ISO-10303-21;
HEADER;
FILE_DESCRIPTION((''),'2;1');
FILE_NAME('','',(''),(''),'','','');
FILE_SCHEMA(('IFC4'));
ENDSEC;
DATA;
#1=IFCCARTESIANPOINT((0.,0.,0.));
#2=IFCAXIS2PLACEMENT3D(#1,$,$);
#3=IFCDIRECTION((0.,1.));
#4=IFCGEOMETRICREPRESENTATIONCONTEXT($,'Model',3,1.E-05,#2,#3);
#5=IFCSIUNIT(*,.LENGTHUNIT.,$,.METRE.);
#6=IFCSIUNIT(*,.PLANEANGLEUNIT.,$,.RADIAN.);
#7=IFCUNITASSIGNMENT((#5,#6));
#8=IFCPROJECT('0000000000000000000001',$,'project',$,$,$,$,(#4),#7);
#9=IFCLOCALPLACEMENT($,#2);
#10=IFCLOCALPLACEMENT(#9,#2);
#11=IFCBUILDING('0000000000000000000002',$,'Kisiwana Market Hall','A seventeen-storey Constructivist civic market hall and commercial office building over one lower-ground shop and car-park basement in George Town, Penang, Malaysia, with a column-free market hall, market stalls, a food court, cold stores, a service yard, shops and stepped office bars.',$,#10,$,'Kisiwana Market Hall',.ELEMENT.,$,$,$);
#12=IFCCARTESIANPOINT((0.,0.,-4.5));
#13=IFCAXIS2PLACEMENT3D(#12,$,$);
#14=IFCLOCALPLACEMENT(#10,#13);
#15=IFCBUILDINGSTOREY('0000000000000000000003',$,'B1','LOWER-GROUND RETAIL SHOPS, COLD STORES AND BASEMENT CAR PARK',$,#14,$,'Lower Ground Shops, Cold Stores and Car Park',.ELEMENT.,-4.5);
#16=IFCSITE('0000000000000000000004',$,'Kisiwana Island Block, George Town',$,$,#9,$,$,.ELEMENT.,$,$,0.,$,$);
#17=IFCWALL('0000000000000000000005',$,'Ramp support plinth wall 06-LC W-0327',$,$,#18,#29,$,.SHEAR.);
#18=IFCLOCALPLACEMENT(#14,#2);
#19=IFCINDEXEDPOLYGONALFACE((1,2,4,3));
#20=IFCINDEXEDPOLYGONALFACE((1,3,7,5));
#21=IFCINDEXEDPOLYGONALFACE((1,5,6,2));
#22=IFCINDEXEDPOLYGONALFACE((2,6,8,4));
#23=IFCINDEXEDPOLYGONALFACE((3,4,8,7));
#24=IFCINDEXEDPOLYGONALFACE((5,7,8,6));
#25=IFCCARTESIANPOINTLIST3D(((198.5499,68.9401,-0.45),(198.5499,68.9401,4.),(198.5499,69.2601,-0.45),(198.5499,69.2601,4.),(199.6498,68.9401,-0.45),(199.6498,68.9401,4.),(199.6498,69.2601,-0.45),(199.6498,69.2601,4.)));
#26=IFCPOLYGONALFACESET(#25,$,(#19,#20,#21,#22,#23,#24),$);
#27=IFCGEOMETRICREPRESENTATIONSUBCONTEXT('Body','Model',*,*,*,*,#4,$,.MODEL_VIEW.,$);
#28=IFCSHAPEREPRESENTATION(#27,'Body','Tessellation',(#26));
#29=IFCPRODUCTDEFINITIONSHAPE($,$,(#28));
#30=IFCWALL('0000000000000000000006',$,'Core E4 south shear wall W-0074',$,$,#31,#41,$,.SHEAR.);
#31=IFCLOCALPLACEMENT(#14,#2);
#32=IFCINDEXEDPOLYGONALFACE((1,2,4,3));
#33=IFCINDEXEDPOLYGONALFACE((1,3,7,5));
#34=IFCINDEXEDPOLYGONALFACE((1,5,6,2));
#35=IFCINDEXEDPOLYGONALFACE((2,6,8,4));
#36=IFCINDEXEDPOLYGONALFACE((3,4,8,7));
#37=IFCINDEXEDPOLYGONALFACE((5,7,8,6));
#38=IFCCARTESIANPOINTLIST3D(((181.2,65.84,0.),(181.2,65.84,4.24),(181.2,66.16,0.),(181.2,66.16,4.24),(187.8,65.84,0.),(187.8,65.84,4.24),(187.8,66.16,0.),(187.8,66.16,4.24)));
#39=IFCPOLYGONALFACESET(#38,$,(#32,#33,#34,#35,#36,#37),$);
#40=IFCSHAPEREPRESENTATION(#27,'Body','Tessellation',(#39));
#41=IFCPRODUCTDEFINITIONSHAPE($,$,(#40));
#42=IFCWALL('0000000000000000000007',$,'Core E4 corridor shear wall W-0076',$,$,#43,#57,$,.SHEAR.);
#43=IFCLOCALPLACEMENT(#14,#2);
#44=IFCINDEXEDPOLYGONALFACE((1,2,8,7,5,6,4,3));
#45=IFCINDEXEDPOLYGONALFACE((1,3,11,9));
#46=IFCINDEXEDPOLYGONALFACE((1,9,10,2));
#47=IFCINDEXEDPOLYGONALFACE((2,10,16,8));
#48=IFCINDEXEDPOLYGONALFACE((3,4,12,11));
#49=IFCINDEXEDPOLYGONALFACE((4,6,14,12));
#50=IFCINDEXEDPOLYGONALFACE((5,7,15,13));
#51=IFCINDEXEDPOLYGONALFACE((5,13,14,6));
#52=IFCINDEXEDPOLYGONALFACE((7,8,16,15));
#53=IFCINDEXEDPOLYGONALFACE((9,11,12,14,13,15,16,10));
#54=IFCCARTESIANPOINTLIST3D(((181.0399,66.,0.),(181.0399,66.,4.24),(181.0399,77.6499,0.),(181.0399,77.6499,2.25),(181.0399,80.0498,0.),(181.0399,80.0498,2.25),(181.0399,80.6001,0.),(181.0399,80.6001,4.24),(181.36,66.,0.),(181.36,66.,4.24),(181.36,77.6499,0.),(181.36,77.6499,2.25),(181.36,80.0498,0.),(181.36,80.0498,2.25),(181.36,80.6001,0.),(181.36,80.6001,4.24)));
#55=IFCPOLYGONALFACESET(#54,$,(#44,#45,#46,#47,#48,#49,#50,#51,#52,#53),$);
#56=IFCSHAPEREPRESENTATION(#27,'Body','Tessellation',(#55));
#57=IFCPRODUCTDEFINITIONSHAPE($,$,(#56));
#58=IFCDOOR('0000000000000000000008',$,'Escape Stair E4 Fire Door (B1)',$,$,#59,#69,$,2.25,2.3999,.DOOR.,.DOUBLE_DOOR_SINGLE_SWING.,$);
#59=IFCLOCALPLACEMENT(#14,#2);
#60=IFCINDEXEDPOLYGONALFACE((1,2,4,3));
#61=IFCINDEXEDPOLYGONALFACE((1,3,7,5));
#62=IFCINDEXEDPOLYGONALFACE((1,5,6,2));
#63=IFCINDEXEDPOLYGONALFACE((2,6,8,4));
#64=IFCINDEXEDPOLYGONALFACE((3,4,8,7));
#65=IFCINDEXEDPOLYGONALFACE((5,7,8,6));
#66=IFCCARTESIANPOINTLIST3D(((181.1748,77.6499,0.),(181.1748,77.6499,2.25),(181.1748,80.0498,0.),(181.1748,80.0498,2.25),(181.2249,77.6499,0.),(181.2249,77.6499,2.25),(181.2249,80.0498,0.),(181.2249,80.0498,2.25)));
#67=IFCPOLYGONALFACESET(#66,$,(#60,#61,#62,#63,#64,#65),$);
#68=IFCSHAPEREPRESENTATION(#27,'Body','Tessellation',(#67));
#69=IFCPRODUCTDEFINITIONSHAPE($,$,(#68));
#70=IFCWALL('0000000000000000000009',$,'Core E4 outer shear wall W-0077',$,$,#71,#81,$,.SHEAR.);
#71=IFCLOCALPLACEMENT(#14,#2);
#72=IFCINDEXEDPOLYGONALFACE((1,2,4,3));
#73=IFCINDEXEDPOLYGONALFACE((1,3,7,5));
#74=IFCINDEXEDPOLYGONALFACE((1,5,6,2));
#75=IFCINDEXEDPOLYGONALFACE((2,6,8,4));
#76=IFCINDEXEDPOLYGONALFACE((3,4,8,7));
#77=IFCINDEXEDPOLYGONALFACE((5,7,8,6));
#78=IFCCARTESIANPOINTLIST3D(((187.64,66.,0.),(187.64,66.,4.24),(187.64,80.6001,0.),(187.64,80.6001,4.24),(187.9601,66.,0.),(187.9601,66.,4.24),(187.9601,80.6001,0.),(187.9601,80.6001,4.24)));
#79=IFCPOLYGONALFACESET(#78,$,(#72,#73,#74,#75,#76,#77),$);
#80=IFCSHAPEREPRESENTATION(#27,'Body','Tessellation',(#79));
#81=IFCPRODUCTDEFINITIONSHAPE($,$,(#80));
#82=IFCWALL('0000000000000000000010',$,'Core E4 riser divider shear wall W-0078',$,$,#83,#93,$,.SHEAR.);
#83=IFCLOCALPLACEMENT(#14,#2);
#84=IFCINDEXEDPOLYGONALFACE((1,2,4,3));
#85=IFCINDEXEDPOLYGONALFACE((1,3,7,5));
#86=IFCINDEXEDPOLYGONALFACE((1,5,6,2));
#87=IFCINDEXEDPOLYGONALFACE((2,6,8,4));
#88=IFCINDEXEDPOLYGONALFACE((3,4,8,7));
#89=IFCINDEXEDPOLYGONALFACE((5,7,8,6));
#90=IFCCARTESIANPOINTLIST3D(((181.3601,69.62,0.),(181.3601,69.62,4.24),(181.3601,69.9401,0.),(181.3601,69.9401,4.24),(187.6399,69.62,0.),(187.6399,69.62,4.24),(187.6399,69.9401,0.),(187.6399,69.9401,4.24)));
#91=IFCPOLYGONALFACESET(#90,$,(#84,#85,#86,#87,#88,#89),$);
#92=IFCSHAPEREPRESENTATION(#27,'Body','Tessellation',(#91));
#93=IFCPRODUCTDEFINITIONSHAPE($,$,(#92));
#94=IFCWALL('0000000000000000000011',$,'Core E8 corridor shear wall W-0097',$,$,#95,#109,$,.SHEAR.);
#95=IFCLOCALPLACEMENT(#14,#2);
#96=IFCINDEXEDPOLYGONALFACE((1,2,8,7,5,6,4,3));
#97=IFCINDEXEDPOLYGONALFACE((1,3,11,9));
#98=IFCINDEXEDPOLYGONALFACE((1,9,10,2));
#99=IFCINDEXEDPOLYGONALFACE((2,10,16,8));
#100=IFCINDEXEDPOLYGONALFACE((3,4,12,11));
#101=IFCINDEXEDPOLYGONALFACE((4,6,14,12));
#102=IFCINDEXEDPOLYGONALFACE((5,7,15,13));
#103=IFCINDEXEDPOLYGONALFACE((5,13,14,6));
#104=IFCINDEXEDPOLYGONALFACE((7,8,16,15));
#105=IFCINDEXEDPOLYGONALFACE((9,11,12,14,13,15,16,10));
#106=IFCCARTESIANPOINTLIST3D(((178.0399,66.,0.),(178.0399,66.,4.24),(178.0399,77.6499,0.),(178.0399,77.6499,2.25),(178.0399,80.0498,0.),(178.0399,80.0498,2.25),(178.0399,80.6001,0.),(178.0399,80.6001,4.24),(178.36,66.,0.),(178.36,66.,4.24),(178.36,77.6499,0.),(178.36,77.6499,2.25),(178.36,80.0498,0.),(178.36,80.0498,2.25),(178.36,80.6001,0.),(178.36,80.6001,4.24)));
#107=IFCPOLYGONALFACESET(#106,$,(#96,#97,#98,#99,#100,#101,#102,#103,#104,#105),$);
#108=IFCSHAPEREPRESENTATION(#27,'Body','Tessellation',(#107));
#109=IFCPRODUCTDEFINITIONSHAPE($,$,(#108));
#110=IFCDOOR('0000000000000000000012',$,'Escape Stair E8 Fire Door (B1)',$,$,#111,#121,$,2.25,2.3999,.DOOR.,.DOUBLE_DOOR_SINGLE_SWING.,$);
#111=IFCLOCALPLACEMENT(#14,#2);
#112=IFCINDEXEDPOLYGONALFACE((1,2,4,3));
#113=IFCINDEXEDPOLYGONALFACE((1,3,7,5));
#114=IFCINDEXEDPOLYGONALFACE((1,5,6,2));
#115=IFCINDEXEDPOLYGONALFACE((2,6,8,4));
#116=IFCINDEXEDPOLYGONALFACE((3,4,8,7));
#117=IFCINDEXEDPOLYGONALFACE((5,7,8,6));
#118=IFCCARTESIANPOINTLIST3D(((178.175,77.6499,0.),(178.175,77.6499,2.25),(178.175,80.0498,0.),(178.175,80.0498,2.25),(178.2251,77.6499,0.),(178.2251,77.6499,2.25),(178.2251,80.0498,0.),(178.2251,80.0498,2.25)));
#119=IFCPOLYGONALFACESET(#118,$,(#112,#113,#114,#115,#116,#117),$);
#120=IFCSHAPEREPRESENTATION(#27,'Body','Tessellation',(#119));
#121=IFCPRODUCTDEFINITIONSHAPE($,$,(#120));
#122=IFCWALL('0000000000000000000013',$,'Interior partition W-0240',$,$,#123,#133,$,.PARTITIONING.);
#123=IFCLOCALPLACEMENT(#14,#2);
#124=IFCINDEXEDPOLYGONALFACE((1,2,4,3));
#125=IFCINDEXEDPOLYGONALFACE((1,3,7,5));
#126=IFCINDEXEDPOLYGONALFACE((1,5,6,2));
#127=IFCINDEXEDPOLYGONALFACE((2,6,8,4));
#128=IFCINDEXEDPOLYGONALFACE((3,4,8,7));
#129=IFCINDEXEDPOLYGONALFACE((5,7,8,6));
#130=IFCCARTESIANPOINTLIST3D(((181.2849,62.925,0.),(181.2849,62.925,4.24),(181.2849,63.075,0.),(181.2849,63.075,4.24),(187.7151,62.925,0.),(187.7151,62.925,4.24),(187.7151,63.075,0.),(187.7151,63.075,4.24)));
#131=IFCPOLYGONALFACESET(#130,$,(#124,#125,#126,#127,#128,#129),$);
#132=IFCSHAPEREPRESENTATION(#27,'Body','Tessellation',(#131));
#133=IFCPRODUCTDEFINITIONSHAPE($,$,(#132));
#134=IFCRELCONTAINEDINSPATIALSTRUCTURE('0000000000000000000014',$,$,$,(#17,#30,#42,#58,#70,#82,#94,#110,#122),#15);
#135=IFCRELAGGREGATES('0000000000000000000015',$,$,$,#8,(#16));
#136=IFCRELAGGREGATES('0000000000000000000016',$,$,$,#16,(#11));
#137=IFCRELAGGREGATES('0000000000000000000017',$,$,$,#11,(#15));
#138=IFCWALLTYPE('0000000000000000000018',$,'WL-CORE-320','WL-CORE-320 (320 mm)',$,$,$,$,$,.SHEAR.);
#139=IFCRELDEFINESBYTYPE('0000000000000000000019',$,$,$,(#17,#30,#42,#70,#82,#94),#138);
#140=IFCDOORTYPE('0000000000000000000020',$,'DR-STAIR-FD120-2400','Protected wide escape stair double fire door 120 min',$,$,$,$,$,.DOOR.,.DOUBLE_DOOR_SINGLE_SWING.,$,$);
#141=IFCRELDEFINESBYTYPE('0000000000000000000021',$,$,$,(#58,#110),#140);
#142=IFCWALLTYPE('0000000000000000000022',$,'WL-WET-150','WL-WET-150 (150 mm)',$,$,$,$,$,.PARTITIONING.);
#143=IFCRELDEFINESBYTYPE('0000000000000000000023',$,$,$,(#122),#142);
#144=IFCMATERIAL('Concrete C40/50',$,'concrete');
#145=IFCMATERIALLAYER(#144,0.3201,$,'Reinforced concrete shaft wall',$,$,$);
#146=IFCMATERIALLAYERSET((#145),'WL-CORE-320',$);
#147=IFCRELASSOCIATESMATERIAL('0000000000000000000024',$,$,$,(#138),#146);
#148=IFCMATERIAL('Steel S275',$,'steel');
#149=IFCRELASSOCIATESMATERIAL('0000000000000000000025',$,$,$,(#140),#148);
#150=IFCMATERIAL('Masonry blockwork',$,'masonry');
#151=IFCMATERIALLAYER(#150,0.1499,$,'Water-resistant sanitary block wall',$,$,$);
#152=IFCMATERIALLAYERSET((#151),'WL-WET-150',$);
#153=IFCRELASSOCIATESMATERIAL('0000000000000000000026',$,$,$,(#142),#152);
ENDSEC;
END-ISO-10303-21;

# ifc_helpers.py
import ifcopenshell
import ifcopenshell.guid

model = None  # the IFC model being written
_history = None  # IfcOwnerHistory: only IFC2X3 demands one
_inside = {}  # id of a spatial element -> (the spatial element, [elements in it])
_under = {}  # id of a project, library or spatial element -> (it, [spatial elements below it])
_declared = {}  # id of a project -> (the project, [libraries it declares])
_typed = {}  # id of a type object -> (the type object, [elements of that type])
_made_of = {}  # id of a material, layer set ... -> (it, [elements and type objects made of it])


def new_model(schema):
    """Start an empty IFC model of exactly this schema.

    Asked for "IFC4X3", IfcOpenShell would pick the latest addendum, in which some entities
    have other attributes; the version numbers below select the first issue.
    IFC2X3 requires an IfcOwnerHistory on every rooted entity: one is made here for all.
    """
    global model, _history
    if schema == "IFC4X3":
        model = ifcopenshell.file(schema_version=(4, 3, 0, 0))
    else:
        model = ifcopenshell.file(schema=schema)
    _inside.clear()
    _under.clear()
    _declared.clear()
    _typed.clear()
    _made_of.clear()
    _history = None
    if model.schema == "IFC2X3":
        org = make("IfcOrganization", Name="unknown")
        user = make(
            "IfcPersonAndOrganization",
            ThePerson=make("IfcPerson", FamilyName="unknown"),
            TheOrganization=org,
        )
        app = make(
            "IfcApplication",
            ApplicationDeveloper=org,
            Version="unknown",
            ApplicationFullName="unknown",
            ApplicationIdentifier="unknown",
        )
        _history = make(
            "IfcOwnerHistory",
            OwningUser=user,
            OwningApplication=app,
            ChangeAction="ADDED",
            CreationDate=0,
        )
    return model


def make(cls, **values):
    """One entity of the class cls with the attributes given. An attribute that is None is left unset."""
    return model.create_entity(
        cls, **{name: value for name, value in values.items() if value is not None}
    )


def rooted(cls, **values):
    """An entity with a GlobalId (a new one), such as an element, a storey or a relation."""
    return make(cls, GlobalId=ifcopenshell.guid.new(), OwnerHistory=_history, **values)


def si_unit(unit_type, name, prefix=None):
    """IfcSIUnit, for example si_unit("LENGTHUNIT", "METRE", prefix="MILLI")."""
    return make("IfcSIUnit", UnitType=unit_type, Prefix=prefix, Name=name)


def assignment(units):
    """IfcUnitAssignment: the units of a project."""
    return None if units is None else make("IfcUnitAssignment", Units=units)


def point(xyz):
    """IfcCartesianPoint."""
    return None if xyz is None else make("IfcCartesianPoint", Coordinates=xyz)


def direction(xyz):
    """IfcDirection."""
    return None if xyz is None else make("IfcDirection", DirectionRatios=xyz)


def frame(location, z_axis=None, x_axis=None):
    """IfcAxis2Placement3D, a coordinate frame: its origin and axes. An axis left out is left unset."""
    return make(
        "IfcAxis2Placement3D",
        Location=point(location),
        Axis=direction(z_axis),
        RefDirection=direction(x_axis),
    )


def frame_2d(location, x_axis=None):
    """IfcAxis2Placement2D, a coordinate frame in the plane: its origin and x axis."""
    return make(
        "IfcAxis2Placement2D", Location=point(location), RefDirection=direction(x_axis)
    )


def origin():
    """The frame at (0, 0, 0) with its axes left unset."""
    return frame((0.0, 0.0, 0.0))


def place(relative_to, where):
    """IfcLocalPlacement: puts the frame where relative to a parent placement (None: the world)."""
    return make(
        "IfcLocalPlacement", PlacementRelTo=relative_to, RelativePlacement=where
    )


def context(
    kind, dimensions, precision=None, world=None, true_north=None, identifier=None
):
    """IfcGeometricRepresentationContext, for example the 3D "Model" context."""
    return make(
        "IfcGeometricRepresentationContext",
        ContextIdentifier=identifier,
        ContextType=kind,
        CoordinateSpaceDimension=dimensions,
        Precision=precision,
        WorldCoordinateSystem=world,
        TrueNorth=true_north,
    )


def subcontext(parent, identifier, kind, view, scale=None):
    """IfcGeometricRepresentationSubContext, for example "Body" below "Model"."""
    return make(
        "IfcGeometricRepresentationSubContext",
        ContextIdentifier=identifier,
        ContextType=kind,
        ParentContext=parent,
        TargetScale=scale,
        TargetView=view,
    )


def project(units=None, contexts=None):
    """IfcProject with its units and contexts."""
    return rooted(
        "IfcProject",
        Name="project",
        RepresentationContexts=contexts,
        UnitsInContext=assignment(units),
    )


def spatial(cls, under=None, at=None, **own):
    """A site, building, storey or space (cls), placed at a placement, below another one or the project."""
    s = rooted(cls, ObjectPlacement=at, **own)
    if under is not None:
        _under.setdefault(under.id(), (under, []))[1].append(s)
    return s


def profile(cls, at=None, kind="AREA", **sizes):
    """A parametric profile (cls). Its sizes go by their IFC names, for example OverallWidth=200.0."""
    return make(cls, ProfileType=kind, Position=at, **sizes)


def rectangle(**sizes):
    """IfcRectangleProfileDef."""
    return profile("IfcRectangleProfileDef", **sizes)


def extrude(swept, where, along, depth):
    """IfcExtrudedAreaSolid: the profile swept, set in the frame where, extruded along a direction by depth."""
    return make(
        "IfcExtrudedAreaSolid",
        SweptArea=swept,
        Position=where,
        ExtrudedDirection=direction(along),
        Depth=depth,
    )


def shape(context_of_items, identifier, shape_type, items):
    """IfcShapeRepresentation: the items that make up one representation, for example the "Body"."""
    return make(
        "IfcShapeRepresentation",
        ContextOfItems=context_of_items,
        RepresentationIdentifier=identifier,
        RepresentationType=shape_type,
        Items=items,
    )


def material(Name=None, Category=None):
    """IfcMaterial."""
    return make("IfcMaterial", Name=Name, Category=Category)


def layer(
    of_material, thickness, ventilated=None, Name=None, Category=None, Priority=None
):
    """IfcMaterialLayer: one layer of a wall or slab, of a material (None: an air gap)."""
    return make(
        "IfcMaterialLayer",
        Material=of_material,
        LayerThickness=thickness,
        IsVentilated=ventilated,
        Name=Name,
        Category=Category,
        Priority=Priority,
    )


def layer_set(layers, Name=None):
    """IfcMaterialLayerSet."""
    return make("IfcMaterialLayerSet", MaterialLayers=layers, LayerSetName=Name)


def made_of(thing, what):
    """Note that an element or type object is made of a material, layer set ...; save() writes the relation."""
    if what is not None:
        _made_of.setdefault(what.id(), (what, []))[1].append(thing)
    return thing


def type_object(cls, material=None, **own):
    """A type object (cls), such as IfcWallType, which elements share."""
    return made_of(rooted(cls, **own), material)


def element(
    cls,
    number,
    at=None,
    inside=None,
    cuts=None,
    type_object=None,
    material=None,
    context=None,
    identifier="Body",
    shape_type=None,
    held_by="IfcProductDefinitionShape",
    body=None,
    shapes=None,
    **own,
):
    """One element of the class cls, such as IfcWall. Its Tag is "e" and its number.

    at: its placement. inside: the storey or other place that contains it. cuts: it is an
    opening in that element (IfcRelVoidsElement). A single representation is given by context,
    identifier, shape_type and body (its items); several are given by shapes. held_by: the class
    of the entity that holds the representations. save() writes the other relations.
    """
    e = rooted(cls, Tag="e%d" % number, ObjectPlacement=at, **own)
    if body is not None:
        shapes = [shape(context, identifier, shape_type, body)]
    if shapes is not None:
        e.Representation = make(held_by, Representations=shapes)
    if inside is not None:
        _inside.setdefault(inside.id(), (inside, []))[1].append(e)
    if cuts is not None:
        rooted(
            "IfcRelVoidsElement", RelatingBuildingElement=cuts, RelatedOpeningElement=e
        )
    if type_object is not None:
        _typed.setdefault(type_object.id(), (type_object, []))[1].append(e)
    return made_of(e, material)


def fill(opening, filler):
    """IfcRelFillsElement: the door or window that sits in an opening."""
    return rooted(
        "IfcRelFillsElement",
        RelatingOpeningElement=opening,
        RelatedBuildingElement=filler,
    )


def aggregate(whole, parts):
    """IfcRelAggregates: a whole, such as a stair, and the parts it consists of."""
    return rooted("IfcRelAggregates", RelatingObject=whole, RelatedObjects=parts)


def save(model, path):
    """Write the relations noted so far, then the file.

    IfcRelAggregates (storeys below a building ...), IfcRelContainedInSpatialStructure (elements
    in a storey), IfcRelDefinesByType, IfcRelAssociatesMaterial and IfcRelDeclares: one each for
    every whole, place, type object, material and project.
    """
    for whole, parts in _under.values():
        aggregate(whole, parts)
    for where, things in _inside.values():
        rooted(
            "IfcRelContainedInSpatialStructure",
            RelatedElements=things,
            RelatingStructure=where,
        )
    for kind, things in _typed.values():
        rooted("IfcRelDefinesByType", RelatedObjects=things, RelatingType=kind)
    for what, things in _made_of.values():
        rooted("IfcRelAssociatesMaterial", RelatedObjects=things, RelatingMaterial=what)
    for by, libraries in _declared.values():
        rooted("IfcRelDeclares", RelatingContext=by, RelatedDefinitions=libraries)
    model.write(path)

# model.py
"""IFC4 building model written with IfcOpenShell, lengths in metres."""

from ifc_helpers import new_model, si_unit, direction, frame, frame_2d, origin, place, context, subcontext, project, spatial, rectangle, extrude, material, layer, layer_set, type_object, element, fill, save


model = new_model("IFC4")

# Units and contexts
model_context = context("Model", 3, precision=1e-05, world=origin(), true_north=direction((0.0, 1.0)))
body_context = subcontext(model_context, "Body", "Model", "MODEL_VIEW")
ifc_project = project(units=[si_unit("LENGTHUNIT", "METRE"), si_unit("PLANEANGLEUNIT", "RADIAN")], contexts=[model_context])

# Site, building, storey
site_placement = place(None, origin())
site = spatial("IfcSite", under=ifc_project, at=site_placement, Name="Kisiwana Island Block, George Town", CompositionType="ELEMENT", RefElevation=0.0)
building_placement = place(site_placement, origin())
building = spatial("IfcBuilding", under=site, at=building_placement, Name="Kisiwana Market Hall", Description="A seventeen-storey Constructivist civic market hall and commercial office building over one lower-ground shop and car-park basement in George Town, Penang, Malaysia, with a column-free market hall, market stalls, a food court, cold stores, a service yard, shops and stepped office bars.", LongName="Kisiwana Market Hall", CompositionType="ELEMENT")
storey_placement = place(building_placement, frame((0.0, 0.0, -4.5)))
storey = spatial("IfcBuildingStorey", under=building, at=storey_placement, Name="B1", Description="LOWER-GROUND RETAIL SHOPS, COLD STORES AND BASEMENT CAR PARK", LongName="Lower Ground Shops, Cold Stores and Car Park", CompositionType="ELEMENT", Elevation=-4.5)

# Walls
ifc_material_1 = material(Name="Concrete C40/50", Category="concrete")
ifc_layer_1 = layer(ifc_material_1, 0.3201, Name="Reinforced concrete shaft wall")
ifc_layer_set_1 = layer_set([ifc_layer_1], Name="WL-CORE-320")
wall_type_1 = type_object("IfcWallType", Name="WL-CORE-320", Description="WL-CORE-320 (320 mm)", PredefinedType="SHEAR", material=ifc_layer_set_1)
wall_1_placement = place(storey_placement, frame((198.55, 69.1001, -0.45), z_axis=(0.0, 0.0, 1.0), x_axis=(1.0, 0.0, 0.0)))
element("IfcWall", 1, at=wall_1_placement, inside=storey, type_object=wall_type_1, Name="Ramp support plinth wall 06-LC W-0327", PredefinedType="SHEAR", context=body_context, shape_type="SweptSolid", body=[
    extrude(rectangle(XDim=1.0999, YDim=0.3201, at=frame_2d((0.5498, 0.0))), origin(), (0.0, 0.0, 1.0), 4.45),
])
wall_2_placement = place(storey_placement, frame((181.2, 66.0, 0.0), z_axis=(0.0, 0.0, 1.0), x_axis=(1.0, 0.0, 0.0)))
element("IfcWall", 2, at=wall_2_placement, inside=storey, type_object=wall_type_1, Name="Core E4 south shear wall W-0074", PredefinedType="SHEAR", context=body_context, shape_type="SweptSolid", body=[
    extrude(rectangle(XDim=6.6001, YDim=0.3201, at=frame_2d((3.3, 0.0))), origin(), (0.0, 0.0, 1.0), 4.24),
])

# Wall, opening, door
wall_3_placement = place(storey_placement, frame((181.2, 66.0, 0.0), z_axis=(0.0, 0.0, 1.0), x_axis=(0.0, 1.0, 0.0)))
wall_3 = element("IfcWall", 3, at=wall_3_placement, inside=storey, type_object=wall_type_1, Name="Core E4 corridor shear wall W-0076", PredefinedType="SHEAR", context=body_context, shape_type="SweptSolid", body=[
    extrude(rectangle(XDim=14.6001, YDim=0.3201, at=frame_2d((7.3, 0.0))), origin(), (0.0, 0.0, 1.0), 4.24),
])
opening_1_placement = place(wall_3_placement, frame((11.6499, 0.0, 0.0)))
opening_1 = element("IfcOpeningElement", 4, at=opening_1_placement, cuts=wall_3, PredefinedType="OPENING", context=body_context, shape_type="SweptSolid", body=[
    extrude(rectangle(XDim=2.3999, YDim=2.25, at=frame_2d((1.2, 1.125))), frame((0.0, 0.1719, 0.0), z_axis=(0.0, -1.0, 0.0), x_axis=(1.0, 0.0, 0.0)), (0.0, 0.0, 1.0), 0.344),
])
ifc_material_2 = material(Name="Steel S275", Category="steel")
door_type = type_object("IfcDoorType", Name="DR-STAIR-FD120-2400", Description="Protected wide escape stair double fire door 120 min", OperationType="DOUBLE_DOOR_SINGLE_SWING", PredefinedType="DOOR", material=ifc_material_2)
door_1_placement = place(opening_1_placement, frame((2.3999, 0.0, 0.0), z_axis=(0.0, 0.0, 1.0), x_axis=(-1.0, 0.0, 0.0)))
door_1 = element("IfcDoor", 5, at=door_1_placement, inside=storey, type_object=door_type, Name="Escape Stair E4 Fire Door (B1)", OperationType="DOUBLE_DOOR_SINGLE_SWING", OverallHeight=2.25, OverallWidth=2.3999, PredefinedType="DOOR", context=body_context, shape_type="SweptSolid", body=[
    extrude(rectangle(XDim=2.3999, YDim=2.25, at=frame_2d((1.2, 1.125))), frame((0.0, 0.0249, 0.0), z_axis=(0.0, -1.0, 0.0), x_axis=(1.0, 0.0, 0.0)), (0.0, 0.0, 1.0), 0.05),
])
fill(opening_1, door_1)

# Walls
wall_4_placement = place(storey_placement, frame((187.8, 66.0, 0.0), z_axis=(0.0, 0.0, 1.0), x_axis=(0.0, 1.0, 0.0)))
element("IfcWall", 6, at=wall_4_placement, inside=storey, type_object=wall_type_1, Name="Core E4 outer shear wall W-0077", PredefinedType="SHEAR", context=body_context, shape_type="SweptSolid", body=[
    extrude(rectangle(XDim=14.6001, YDim=0.3201, at=frame_2d((7.3, 0.0))), origin(), (0.0, 0.0, 1.0), 4.24),
])
wall_5_placement = place(storey_placement, frame((181.3601, 69.78, 0.0), z_axis=(0.0, 0.0, 1.0), x_axis=(1.0, 0.0, 0.0)))
element("IfcWall", 7, at=wall_5_placement, inside=storey, type_object=wall_type_1, Name="Core E4 riser divider shear wall W-0078", PredefinedType="SHEAR", context=body_context, shape_type="SweptSolid", body=[
    extrude(rectangle(XDim=6.2798, YDim=0.3201, at=frame_2d((3.1399, 0.0))), origin(), (0.0, 0.0, 1.0), 4.24),
])

# Wall, opening, door
wall_6_placement = place(storey_placement, frame((178.2, 66.0, 0.0), z_axis=(0.0, 0.0, 1.0), x_axis=(0.0, 1.0, 0.0)))
wall_6 = element("IfcWall", 8, at=wall_6_placement, inside=storey, type_object=wall_type_1, Name="Core E8 corridor shear wall W-0097", PredefinedType="SHEAR", context=body_context, shape_type="SweptSolid", body=[
    extrude(rectangle(XDim=14.6001, YDim=0.3201, at=frame_2d((7.3, 0.0))), origin(), (0.0, 0.0, 1.0), 4.24),
])
opening_2_placement = place(wall_6_placement, frame((11.6499, 0.0, 0.0)))
opening_2 = element("IfcOpeningElement", 9, at=opening_2_placement, cuts=wall_6, PredefinedType="OPENING", context=body_context, shape_type="SweptSolid", body=[
    extrude(rectangle(XDim=2.3999, YDim=2.25, at=frame_2d((1.2, 1.125))), frame((0.0, 0.1719, 0.0), z_axis=(0.0, -1.0, 0.0), x_axis=(1.0, 0.0, 0.0)), (0.0, 0.0, 1.0), 0.344),
])
door_2_placement = place(opening_2_placement, origin())
door_2 = element("IfcDoor", 10, at=door_2_placement, inside=storey, type_object=door_type, Name="Escape Stair E8 Fire Door (B1)", OperationType="DOUBLE_DOOR_SINGLE_SWING", OverallHeight=2.25, OverallWidth=2.3999, PredefinedType="DOOR", context=body_context, shape_type="SweptSolid", body=[
    extrude(rectangle(XDim=2.3999, YDim=2.25, at=frame_2d((1.2, 1.125))), frame((0.0, 0.0249, 0.0), z_axis=(0.0, -1.0, 0.0), x_axis=(1.0, 0.0, 0.0)), (0.0, 0.0, 1.0), 0.05),
])
fill(opening_2, door_2)

# Wall
ifc_material_3 = material(Name="Masonry blockwork", Category="masonry")
ifc_layer_2 = layer(ifc_material_3, 0.1499, Name="Water-resistant sanitary block wall")
ifc_layer_set_2 = layer_set([ifc_layer_2], Name="WL-WET-150")
wall_type_2 = type_object("IfcWallType", Name="WL-WET-150", Description="WL-WET-150 (150 mm)", PredefinedType="PARTITIONING", material=ifc_layer_set_2)
wall_7_placement = place(storey_placement, frame((181.2849, 63.0, 0.0), z_axis=(0.0, 0.0, 1.0), x_axis=(1.0, 0.0, 0.0)))
element("IfcWall", 11, at=wall_7_placement, inside=storey, type_object=wall_type_2, Name="Interior partition W-0240", PredefinedType="PARTITIONING", context=body_context, shape_type="SweptSolid", body=[
    extrude(rectangle(XDim=6.4302, YDim=0.1499, at=frame_2d((3.2151, 0.0))), origin(), (0.0, 0.0, 1.0), 4.24),
])

save(model, "model.ifc")
